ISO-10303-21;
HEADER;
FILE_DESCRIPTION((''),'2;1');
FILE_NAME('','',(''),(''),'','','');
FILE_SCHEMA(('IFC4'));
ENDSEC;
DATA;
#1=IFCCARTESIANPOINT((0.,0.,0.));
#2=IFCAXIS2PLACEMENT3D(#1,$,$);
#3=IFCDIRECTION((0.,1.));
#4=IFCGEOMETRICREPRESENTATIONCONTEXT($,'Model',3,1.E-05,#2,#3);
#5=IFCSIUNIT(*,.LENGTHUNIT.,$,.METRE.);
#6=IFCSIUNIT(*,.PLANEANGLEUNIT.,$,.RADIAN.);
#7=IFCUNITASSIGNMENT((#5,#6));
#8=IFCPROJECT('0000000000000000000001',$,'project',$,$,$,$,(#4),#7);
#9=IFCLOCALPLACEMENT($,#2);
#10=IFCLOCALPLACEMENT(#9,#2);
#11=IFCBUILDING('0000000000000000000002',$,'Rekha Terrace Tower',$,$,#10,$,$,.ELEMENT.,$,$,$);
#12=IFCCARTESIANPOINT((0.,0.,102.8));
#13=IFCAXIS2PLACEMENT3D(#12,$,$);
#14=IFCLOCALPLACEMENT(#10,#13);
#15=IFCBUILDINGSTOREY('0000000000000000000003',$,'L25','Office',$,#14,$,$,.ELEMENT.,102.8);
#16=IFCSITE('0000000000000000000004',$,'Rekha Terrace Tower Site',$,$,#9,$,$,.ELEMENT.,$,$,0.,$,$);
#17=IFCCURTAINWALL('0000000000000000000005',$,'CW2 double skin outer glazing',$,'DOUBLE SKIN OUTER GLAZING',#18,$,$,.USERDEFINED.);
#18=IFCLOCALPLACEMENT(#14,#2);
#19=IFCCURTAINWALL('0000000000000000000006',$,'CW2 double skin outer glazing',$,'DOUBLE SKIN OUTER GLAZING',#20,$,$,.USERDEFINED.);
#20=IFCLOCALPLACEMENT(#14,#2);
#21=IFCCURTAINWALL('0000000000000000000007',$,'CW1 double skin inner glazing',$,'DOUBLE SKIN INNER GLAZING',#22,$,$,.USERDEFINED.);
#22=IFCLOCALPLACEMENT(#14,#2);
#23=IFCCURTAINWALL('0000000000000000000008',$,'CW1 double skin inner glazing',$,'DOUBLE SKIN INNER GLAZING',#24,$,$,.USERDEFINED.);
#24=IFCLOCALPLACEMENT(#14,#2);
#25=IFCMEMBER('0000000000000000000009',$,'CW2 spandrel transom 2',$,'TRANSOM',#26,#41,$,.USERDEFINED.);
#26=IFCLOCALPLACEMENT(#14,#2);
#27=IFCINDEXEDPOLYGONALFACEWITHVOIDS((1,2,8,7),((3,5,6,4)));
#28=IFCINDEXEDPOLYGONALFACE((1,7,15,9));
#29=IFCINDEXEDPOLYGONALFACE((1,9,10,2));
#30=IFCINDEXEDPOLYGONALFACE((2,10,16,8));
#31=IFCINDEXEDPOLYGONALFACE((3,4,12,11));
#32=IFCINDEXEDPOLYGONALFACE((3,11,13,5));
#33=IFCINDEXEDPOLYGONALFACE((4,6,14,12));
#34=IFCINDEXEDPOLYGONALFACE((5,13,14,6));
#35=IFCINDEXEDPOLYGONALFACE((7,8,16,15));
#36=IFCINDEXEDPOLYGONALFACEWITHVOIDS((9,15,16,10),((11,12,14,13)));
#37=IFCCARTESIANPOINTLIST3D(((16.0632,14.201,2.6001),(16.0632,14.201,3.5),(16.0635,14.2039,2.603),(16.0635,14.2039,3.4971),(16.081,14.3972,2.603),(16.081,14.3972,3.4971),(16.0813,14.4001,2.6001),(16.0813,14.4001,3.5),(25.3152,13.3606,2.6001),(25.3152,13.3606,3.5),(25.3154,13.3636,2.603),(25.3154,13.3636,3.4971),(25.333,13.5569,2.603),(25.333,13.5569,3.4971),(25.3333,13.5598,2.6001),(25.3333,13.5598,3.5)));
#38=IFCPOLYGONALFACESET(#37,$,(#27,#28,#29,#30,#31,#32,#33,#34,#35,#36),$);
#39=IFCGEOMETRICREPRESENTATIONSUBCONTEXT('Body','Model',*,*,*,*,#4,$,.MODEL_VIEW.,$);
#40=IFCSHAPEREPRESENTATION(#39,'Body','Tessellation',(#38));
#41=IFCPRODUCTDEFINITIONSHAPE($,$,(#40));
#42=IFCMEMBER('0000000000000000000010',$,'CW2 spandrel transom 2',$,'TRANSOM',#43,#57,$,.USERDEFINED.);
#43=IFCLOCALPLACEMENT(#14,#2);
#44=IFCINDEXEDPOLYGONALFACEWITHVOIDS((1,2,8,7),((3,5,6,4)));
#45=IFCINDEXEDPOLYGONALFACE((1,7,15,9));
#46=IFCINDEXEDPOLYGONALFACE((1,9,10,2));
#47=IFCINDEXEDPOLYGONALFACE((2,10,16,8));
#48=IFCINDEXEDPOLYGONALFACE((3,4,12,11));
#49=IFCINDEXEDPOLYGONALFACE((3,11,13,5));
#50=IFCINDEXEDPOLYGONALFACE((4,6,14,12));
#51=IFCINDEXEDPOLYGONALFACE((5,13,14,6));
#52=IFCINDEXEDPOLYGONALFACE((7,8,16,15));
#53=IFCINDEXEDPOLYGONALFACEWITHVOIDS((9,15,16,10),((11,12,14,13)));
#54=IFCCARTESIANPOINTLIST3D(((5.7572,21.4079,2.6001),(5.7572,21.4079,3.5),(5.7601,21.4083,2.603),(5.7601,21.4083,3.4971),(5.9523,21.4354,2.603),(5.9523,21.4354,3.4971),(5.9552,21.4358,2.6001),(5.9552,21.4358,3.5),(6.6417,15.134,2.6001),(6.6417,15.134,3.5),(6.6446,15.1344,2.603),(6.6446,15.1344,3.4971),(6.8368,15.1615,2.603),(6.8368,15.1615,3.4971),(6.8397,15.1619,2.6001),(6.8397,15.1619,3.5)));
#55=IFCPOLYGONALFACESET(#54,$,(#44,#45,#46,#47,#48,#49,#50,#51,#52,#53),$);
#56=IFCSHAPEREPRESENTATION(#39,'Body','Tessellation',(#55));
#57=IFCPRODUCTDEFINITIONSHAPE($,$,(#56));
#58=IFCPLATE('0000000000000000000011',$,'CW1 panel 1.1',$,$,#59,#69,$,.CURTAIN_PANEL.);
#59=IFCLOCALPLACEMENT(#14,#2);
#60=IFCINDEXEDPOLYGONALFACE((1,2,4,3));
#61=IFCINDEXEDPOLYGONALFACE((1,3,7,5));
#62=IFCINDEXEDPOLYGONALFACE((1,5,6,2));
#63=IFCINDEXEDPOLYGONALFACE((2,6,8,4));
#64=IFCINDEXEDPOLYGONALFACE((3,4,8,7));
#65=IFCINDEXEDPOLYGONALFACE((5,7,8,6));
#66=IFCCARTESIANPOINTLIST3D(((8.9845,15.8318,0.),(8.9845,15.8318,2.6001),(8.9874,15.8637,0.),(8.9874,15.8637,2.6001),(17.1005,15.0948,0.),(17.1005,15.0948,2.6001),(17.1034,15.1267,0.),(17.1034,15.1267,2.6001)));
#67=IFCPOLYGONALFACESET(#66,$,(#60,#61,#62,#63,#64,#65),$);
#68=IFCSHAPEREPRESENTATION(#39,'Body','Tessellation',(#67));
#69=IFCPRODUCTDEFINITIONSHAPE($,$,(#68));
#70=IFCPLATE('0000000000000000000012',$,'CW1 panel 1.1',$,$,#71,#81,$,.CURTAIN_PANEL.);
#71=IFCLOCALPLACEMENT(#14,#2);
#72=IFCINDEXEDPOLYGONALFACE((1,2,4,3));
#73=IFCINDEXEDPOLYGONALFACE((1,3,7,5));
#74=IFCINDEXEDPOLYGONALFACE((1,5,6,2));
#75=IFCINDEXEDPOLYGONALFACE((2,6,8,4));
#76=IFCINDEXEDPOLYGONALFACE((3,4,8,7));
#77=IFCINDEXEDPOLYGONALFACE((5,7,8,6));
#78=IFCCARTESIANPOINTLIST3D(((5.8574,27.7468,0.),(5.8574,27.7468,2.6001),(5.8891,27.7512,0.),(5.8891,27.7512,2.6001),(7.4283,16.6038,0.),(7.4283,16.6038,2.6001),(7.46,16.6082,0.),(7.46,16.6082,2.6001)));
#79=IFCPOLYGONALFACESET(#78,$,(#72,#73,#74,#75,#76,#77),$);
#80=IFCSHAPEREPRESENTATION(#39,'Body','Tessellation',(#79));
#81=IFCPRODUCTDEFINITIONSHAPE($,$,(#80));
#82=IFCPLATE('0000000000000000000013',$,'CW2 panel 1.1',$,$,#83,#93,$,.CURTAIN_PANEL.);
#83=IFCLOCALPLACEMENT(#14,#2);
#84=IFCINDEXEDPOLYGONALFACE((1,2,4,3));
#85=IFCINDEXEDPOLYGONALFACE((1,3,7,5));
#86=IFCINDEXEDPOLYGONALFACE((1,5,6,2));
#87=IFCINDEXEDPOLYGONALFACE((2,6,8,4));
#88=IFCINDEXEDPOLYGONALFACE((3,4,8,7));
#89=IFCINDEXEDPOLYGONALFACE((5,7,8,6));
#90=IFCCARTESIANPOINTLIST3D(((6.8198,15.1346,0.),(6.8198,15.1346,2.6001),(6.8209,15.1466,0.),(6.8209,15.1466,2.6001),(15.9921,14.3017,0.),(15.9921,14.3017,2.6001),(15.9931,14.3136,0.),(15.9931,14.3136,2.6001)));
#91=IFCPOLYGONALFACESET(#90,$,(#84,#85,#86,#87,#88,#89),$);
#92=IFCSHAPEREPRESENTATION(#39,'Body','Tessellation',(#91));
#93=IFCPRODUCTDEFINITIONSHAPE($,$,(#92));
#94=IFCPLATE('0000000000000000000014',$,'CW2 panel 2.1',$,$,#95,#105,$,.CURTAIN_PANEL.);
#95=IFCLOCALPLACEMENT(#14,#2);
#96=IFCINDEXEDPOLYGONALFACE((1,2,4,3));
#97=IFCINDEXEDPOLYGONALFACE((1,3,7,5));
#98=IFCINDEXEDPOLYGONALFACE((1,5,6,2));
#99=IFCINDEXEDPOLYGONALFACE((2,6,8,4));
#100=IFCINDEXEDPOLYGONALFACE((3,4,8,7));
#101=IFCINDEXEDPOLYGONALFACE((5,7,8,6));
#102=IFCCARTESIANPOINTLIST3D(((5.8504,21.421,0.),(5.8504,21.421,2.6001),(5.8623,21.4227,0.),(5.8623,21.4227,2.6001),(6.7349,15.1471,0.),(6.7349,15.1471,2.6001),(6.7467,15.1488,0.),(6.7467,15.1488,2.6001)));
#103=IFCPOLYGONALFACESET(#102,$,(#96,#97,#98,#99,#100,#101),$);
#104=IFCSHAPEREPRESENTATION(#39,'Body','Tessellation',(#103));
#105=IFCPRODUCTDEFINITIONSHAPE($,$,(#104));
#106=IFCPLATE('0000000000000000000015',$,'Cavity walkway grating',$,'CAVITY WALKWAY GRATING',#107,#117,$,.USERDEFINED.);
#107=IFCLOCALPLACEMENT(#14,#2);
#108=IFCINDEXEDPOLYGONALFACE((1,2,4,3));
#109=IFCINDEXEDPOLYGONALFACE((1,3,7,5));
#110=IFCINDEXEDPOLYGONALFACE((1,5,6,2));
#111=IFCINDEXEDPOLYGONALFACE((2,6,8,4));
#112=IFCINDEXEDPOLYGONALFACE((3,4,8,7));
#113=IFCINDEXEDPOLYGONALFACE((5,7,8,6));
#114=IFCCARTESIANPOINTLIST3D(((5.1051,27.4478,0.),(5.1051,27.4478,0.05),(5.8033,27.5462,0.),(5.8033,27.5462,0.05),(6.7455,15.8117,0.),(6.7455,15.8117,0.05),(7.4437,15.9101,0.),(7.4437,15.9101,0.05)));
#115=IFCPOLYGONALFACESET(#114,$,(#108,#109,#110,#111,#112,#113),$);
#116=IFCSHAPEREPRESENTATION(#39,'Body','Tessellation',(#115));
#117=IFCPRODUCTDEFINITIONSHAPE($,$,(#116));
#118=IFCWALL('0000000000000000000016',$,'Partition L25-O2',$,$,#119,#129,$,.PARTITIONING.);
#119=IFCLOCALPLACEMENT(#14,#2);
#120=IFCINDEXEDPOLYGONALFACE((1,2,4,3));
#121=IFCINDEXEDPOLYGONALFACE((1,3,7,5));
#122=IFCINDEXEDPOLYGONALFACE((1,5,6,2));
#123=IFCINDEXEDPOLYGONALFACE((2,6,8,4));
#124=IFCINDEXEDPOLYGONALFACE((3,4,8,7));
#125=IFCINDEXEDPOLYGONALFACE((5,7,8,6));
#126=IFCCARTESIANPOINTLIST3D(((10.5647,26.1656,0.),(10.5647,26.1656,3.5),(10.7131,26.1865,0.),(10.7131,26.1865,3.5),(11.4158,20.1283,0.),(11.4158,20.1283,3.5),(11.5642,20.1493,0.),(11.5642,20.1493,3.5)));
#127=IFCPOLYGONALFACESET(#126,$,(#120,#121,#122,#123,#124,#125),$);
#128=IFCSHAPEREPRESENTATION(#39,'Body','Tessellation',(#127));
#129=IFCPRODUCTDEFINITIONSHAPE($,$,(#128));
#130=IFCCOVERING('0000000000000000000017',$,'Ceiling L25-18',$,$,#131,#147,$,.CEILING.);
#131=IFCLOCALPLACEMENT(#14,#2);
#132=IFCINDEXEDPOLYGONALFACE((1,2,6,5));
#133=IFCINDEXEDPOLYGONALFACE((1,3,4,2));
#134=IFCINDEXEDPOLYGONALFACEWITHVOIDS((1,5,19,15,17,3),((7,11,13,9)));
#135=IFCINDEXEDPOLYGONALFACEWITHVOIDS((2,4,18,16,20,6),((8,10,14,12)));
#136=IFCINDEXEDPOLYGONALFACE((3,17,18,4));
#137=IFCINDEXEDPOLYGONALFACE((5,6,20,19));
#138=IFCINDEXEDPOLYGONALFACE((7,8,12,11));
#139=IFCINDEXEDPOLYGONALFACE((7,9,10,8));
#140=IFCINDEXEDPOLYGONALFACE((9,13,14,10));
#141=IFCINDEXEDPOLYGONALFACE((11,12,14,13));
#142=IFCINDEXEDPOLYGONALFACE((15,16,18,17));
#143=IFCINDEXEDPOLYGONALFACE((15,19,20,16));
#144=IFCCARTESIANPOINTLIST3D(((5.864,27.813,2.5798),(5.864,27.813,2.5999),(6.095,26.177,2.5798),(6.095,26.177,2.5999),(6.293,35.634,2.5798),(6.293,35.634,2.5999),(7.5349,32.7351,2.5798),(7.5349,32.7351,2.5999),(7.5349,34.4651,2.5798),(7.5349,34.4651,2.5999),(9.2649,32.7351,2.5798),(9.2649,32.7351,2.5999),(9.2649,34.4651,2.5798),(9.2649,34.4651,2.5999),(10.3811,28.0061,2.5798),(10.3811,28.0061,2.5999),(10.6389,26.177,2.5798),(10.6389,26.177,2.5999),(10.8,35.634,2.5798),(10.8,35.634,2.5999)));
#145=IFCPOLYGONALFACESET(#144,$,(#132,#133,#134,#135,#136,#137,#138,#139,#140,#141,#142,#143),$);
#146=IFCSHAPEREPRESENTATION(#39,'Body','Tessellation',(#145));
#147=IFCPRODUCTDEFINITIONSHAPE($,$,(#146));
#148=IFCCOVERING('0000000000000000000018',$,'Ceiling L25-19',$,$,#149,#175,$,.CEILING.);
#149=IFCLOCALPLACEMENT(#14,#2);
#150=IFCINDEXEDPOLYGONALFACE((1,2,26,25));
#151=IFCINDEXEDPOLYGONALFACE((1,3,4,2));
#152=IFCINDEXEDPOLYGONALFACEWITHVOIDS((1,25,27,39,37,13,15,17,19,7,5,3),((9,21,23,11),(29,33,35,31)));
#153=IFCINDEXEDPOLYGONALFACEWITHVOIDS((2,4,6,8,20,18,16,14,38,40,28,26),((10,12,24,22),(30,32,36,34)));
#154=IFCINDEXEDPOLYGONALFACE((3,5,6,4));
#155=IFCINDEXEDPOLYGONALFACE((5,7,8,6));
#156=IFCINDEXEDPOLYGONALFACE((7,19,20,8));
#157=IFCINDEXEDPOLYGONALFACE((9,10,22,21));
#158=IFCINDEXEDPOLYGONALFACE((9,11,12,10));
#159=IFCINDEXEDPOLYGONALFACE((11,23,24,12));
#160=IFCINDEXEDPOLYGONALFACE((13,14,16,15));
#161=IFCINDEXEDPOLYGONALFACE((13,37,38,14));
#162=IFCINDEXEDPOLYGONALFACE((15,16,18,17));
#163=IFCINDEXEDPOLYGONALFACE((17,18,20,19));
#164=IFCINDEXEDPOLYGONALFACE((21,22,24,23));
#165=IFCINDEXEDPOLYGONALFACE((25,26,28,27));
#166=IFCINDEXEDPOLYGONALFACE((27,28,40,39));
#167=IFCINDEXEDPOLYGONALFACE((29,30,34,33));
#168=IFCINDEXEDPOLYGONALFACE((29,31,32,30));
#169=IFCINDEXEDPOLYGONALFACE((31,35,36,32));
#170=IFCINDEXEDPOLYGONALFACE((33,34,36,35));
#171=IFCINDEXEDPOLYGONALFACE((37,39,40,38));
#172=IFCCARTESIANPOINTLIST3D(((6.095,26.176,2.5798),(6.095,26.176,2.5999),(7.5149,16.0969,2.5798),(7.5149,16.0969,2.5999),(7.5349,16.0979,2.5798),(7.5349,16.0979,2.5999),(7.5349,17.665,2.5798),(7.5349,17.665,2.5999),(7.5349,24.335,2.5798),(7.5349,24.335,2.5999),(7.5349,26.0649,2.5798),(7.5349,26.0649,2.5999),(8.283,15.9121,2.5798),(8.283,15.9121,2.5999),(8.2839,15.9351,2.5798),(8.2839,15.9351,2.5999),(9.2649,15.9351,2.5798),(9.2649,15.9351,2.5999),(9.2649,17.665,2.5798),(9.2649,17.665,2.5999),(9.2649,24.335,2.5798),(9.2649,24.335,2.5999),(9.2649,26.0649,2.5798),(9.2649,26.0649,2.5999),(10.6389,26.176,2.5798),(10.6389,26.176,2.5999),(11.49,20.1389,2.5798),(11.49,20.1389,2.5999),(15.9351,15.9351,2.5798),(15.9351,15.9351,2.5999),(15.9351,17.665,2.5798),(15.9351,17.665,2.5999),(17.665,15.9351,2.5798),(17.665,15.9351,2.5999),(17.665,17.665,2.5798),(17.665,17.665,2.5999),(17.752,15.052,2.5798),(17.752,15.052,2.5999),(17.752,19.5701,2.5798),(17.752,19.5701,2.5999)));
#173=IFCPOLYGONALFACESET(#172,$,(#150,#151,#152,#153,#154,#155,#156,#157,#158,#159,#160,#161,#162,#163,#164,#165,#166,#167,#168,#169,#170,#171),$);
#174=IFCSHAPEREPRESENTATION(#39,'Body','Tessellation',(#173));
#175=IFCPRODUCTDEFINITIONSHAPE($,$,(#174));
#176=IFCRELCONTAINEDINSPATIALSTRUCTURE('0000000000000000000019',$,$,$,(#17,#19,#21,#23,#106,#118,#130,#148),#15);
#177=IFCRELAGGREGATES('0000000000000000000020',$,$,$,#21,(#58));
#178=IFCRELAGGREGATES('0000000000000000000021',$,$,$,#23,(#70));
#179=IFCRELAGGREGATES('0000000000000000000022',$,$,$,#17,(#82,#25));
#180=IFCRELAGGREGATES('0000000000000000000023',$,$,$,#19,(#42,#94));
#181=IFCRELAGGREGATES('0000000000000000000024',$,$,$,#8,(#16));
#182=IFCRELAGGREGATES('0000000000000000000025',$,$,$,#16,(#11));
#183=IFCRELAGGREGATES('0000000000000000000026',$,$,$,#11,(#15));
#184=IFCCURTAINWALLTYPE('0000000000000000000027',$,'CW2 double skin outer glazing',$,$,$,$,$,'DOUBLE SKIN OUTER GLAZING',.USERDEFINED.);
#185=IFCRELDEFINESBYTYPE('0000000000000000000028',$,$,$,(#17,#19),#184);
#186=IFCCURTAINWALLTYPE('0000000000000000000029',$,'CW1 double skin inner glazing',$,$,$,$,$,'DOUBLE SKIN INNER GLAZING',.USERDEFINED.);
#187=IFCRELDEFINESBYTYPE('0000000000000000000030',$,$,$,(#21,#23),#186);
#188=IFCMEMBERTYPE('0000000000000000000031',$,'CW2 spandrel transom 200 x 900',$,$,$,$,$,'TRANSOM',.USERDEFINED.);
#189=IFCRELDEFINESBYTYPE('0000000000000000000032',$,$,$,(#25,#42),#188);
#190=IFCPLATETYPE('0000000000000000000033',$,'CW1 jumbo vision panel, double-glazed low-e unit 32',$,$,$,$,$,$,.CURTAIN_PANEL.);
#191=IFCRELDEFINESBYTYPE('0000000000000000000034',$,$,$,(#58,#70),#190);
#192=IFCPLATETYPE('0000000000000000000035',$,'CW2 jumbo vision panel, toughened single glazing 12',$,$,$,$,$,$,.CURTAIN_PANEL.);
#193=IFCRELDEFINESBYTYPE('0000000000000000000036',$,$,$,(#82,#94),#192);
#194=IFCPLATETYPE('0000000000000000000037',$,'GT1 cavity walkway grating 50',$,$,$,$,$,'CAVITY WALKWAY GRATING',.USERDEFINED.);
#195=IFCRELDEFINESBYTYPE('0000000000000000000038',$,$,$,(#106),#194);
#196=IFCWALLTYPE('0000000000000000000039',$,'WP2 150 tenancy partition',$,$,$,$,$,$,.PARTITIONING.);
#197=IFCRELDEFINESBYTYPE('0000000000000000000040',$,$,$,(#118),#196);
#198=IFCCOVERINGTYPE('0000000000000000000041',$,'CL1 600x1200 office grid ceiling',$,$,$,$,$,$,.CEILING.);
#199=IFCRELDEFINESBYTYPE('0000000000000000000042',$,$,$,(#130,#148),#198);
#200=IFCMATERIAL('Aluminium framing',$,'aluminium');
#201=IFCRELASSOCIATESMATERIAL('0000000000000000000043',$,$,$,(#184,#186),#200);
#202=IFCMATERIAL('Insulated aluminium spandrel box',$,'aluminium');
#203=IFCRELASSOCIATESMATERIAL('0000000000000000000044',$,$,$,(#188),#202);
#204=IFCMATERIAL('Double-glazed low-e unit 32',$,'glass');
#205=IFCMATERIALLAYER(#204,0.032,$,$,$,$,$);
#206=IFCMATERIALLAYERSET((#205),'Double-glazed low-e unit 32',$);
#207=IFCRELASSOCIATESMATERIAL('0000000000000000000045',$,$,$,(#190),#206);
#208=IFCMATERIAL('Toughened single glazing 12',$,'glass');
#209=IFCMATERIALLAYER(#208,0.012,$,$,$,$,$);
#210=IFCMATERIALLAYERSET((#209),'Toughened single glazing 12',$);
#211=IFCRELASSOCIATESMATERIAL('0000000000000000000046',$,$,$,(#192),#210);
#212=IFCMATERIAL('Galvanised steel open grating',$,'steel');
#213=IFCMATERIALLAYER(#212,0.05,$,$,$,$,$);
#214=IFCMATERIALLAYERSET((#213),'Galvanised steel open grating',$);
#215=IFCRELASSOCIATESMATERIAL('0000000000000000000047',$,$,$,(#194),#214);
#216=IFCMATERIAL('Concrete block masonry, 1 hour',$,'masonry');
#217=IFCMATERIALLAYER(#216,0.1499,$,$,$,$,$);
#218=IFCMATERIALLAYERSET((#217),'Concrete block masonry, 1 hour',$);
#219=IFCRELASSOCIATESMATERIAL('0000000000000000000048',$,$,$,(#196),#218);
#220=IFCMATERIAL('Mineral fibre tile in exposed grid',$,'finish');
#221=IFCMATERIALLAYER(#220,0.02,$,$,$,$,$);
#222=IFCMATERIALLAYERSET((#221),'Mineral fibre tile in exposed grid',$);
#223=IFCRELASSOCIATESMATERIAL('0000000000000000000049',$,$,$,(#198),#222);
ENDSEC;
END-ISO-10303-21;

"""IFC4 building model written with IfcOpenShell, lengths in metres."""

from ifc_helpers import new_model, si_unit, direction, frame, frame_2d, origin, origin_2d, place, context, subcontext, project, spatial, polyline, rectangle, hollow_rectangle, outline, extrude, material, layer, layer_set, material_profile, profile_set, type_object, element, aggregate, save


model = new_model("IFC4")

# Units and contexts
model_context = context("Model", 3, precision=1e-05, world=origin(), true_north=direction((0.0, 1.0)))
body_context = subcontext(model_context, "Body", "Model", "MODEL_VIEW")
ifc_project = project(units=[si_unit("LENGTHUNIT", "METRE"), si_unit("PLANEANGLEUNIT", "RADIAN")], contexts=[model_context])

# Site, building, storey
site_placement = place(None, origin())
site = spatial("IfcSite", under=ifc_project, at=site_placement, Name="Rekha Terrace Tower Site", CompositionType="ELEMENT", RefElevation=0.0)
building_placement = place(site_placement, origin())
building = spatial("IfcBuilding", under=site, at=building_placement, Name="Rekha Terrace Tower", CompositionType="ELEMENT")
storey_placement = place(building_placement, frame((0.0, 0.0, 102.8)))
storey = spatial("IfcBuildingStorey", under=building, at=storey_placement, Name="L25", Description="Office", CompositionType="ELEMENT", Elevation=102.8)

# Curtain walls
ifc_material_1 = material(Name="Aluminium framing", Category="aluminium")
curtain_wall_type_1 = type_object("IfcCurtainWallType", Name="CW2 double skin outer glazing", ElementType="DOUBLE SKIN OUTER GLAZING", PredefinedType="USERDEFINED", material=ifc_material_1)
curtain_wall_1_placement = place(storey_placement, origin())
curtain_wall_1 = element("IfcCurtainWall", 1, at=curtain_wall_1_placement, inside=storey, type_object=curtain_wall_type_1, Name="CW2 double skin outer glazing", ObjectType="DOUBLE SKIN OUTER GLAZING", PredefinedType="USERDEFINED")
curtain_wall_2_placement = place(storey_placement, origin())
curtain_wall_2 = element("IfcCurtainWall", 2, at=curtain_wall_2_placement, inside=storey, type_object=curtain_wall_type_1, Name="CW2 double skin outer glazing", ObjectType="DOUBLE SKIN OUTER GLAZING", PredefinedType="USERDEFINED")
curtain_wall_type_2 = type_object("IfcCurtainWallType", Name="CW1 double skin inner glazing", ElementType="DOUBLE SKIN INNER GLAZING", PredefinedType="USERDEFINED", material=ifc_material_1)
curtain_wall_3_placement = place(storey_placement, origin())
curtain_wall_3 = element("IfcCurtainWall", 3, at=curtain_wall_3_placement, inside=storey, type_object=curtain_wall_type_2, Name="CW1 double skin inner glazing", ObjectType="DOUBLE SKIN INNER GLAZING", PredefinedType="USERDEFINED")
curtain_wall_4_placement = place(storey_placement, origin())
curtain_wall_4 = element("IfcCurtainWall", 4, at=curtain_wall_4_placement, inside=storey, type_object=curtain_wall_type_2, Name="CW1 double skin inner glazing", ObjectType="DOUBLE SKIN INNER GLAZING", PredefinedType="USERDEFINED")

# Members
ifc_material_2 = material(Name="Insulated aluminium spandrel box", Category="aluminium")
ifc_material_profile_1 = material_profile(ifc_material_2, hollow_rectangle(XDim=0.2, YDim=0.8999, WallThickness=0.0029, at=origin_2d()), Name="AL SPANDREL BOX 200x900")
ifc_profile_set_1 = profile_set([ifc_material_profile_1], Name="Insulated aluminium spandrel box")
member_type_1 = type_object("IfcMemberType", Name="CW2 spandrel transom 200 x 900", ElementType="TRANSOM", PredefinedType="USERDEFINED", material=ifc_profile_set_1)
member_1_placement = place(storey_placement, frame((16.0723, 14.3005, 3.05), z_axis=(0.995901, -0.090455, 0.0), x_axis=(0.090455, 0.995901, 0.0)))
member_1 = element("IfcMember", 5, at=member_1_placement, type_object=member_type_1, Name="CW2 spandrel transom 2", ObjectType="TRANSOM", PredefinedType="USERDEFINED", context=body_context, shape_type="SweptSolid", body=[
    extrude(hollow_rectangle(XDim=0.2, YDim=0.8999, WallThickness=0.0029, at=origin_2d()), origin(), (0.0, 0.0, 1.0), 9.29),
])
member_2_placement = place(storey_placement, frame((5.8562, 21.4219, 3.05), z_axis=(0.139603, -0.990208, 0.0), x_axis=(0.990208, 0.139603, 0.0)))
member_2 = element("IfcMember", 6, at=member_2_placement, type_object=member_type_1, Name="CW2 spandrel transom 2", ObjectType="TRANSOM", PredefinedType="USERDEFINED", context=body_context, shape_type="SweptSolid", body=[
    extrude(hollow_rectangle(XDim=0.2, YDim=0.8999, WallThickness=0.0029, at=origin_2d()), origin(), (0.0, 0.0, 1.0), 6.3359),
])

# Plates
ifc_material_3 = material(Name="Double-glazed low-e unit 32", Category="glass")
ifc_layer_1 = layer(ifc_material_3, 0.032)
ifc_layer_set_1 = layer_set([ifc_layer_1], Name="Double-glazed low-e unit 32")
plate_type_1 = type_object("IfcPlateType", Name="CW1 jumbo vision panel, double-glazed low-e unit 32", PredefinedType="CURTAIN_PANEL", material=ifc_layer_set_1)
plate_1_placement = place(storey_placement, frame((13.0439, 15.4792, 0.0), z_axis=(0.0, 0.0, 1.0), x_axis=(0.995902, -0.09044, 0.0)))
plate_1 = element("IfcPlate", 7, at=plate_1_placement, type_object=plate_type_1, Name="CW1 panel 1.1", PredefinedType="CURTAIN_PANEL", context=body_context, shape_type="SweptSolid", body=[
    extrude(rectangle(XDim=8.1494, YDim=0.032, at=origin_2d()), origin(), (0.0, 0.0, 1.0), 2.6001),
])
aggregate(curtain_wall_3, [plate_1])
plate_2_placement = place(storey_placement, frame((6.6587, 22.1775, 0.0), z_axis=(0.0, 0.0, 1.0), x_axis=(0.139597, -0.990208, 0.0)))
plate_2 = element("IfcPlate", 8, at=plate_2_placement, type_object=plate_type_1, Name="CW1 panel 1.1", PredefinedType="CURTAIN_PANEL", context=body_context, shape_type="SweptSolid", body=[
    extrude(rectangle(XDim=11.2532, YDim=0.032, at=origin_2d()), origin(), (0.0, 0.0, 1.0), 2.6001),
])
aggregate(curtain_wall_4, [plate_2])
ifc_material_4 = material(Name="Toughened single glazing 12", Category="glass")
ifc_layer_2 = layer(ifc_material_4, 0.012)
ifc_layer_set_2 = layer_set([ifc_layer_2], Name="Toughened single glazing 12")
plate_type_2 = type_object("IfcPlateType", Name="CW2 jumbo vision panel, toughened single glazing 12", PredefinedType="CURTAIN_PANEL", material=ifc_layer_set_2)
plate_3_placement = place(storey_placement, frame((11.4065, 14.7241, 0.0), z_axis=(0.0, 0.0, 1.0), x_axis=(0.995902, -0.09044, 0.0)))
plate_3 = element("IfcPlate", 9, at=plate_3_placement, type_object=plate_type_2, Name="CW2 panel 1.1", PredefinedType="CURTAIN_PANEL", context=body_context, shape_type="SweptSolid", body=[
    extrude(rectangle(XDim=9.21, YDim=0.012, at=origin_2d()), origin(), (0.0, 0.0, 1.0), 2.6001),
])
aggregate(curtain_wall_1, [plate_3, member_1])
plate_4_placement = place(storey_placement, frame((6.2986, 18.2849, 0.0), z_axis=(0.0, 0.0, 1.0), x_axis=(0.139597, -0.990208, 0.0)))
plate_4 = element("IfcPlate", 10, at=plate_4_placement, type_object=plate_type_2, Name="CW2 panel 2.1", PredefinedType="CURTAIN_PANEL", context=body_context, shape_type="SweptSolid", body=[
    extrude(rectangle(XDim=6.3359, YDim=0.012, at=origin_2d()), origin(), (0.0, 0.0, 1.0), 2.6001),
])
aggregate(curtain_wall_2, [member_2, plate_4])
ifc_material_5 = material(Name="Galvanised steel open grating", Category="steel")
ifc_layer_3 = layer(ifc_material_5, 0.05)
ifc_layer_set_3 = layer_set([ifc_layer_3], Name="Galvanised steel open grating")
plate_type_3 = type_object("IfcPlateType", Name="GT1 cavity walkway grating 50", ElementType="CAVITY WALKWAY GRATING", PredefinedType="USERDEFINED", material=ifc_layer_set_3)
plate_5_placement = place(storey_placement, frame((6.2744, 21.679, 0.0), z_axis=(0.0, 0.0, 1.0), x_axis=(0.139597, -0.990208, 0.0)))
element("IfcPlate", 11, at=plate_5_placement, inside=storey, type_object=plate_type_3, Name="Cavity walkway grating", ObjectType="CAVITY WALKWAY GRATING", PredefinedType="USERDEFINED", context=body_context, shape_type="SweptSolid", body=[
    extrude(rectangle(XDim=11.7512, YDim=0.7051, at=origin_2d()), origin(), (0.0, 0.0, 1.0), 0.05),
])

# Wall
ifc_material_6 = material(Name="Concrete block masonry, 1 hour", Category="masonry")
ifc_layer_4 = layer(ifc_material_6, 0.1499)
ifc_layer_set_4 = layer_set([ifc_layer_4], Name="Concrete block masonry, 1 hour")
wall_type = type_object("IfcWallType", Name="WP2 150 tenancy partition", PredefinedType="PARTITIONING", material=ifc_layer_set_4)
wall_placement = place(storey_placement, frame((11.49, 20.1389, 0.0), z_axis=(0.0, 0.0, 1.0), x_axis=(-0.139594, 0.990209, 0.0)))
element("IfcWall", 12, at=wall_placement, inside=storey, type_object=wall_type, Name="Partition L25-O2", PredefinedType="PARTITIONING", context=body_context, shape_type="SweptSolid", body=[
    extrude(rectangle(XDim=6.0969, YDim=0.1499, at=frame_2d((3.0483, 0.0))), origin(), (0.0, 0.0, 1.0), 3.5),
])

# Coverings
ifc_material_7 = material(Name="Mineral fibre tile in exposed grid", Category="finish")
ifc_layer_5 = layer(ifc_material_7, 0.02)
ifc_layer_set_5 = layer_set([ifc_layer_5], Name="Mineral fibre tile in exposed grid")
covering_type_1 = type_object("IfcCoveringType", Name="CL1 600x1200 office grid ceiling", PredefinedType="CEILING", material=ifc_layer_set_5)
covering_1_placement = place(storey_placement, frame((0.0, 0.0, 2.5798)))
element("IfcCovering", 13, at=covering_1_placement, inside=storey, type_object=covering_type_1, Name="Ceiling L25-18", PredefinedType="CEILING", context=body_context, shape_type="SweptSolid", body=[
    extrude(outline(polyline([(10.3811, 28.0061), (10.8, 35.634), (6.293, 35.634), (5.864, 27.813), (6.095, 26.177), (10.6389, 26.177), (10.3811, 28.0061)]), holes=[polyline([(9.2649, 32.7351), (7.5349, 32.7351), (7.5349, 34.4651), (9.2649, 34.4651), (9.2649, 32.7351)])]), origin(), (0.0, 0.0, 1.0), 0.02),
])
covering_2_placement = place(storey_placement, frame((0.0, 0.0, 2.5798)))
element("IfcCovering", 14, at=covering_2_placement, inside=storey, type_object=covering_type_1, Name="Ceiling L25-19", PredefinedType="CEILING", context=body_context, shape_type="SweptSolid", body=[
    extrude(outline(polyline([(7.5149, 16.0969), (7.5349, 16.0979), (7.5349, 17.665), (9.2649, 17.665), (9.2649, 15.9351), (8.2839, 15.9351), (8.283, 15.9121), (17.752, 15.052), (17.752, 19.5701), (11.49, 20.1389), (10.6389, 26.176), (6.095, 26.176), (7.5149, 16.0969)]), holes=[polyline([(17.665, 15.9351), (15.9351, 15.9351), (15.9351, 17.665), (17.665, 17.665), (17.665, 15.9351)]), polyline([(9.2649, 24.335), (7.5349, 24.335), (7.5349, 26.0649), (9.2649, 26.0649), (9.2649, 24.335)])]), origin(), (0.0, 0.0, 1.0), 0.02),
])

save(model, "model.ifc")
